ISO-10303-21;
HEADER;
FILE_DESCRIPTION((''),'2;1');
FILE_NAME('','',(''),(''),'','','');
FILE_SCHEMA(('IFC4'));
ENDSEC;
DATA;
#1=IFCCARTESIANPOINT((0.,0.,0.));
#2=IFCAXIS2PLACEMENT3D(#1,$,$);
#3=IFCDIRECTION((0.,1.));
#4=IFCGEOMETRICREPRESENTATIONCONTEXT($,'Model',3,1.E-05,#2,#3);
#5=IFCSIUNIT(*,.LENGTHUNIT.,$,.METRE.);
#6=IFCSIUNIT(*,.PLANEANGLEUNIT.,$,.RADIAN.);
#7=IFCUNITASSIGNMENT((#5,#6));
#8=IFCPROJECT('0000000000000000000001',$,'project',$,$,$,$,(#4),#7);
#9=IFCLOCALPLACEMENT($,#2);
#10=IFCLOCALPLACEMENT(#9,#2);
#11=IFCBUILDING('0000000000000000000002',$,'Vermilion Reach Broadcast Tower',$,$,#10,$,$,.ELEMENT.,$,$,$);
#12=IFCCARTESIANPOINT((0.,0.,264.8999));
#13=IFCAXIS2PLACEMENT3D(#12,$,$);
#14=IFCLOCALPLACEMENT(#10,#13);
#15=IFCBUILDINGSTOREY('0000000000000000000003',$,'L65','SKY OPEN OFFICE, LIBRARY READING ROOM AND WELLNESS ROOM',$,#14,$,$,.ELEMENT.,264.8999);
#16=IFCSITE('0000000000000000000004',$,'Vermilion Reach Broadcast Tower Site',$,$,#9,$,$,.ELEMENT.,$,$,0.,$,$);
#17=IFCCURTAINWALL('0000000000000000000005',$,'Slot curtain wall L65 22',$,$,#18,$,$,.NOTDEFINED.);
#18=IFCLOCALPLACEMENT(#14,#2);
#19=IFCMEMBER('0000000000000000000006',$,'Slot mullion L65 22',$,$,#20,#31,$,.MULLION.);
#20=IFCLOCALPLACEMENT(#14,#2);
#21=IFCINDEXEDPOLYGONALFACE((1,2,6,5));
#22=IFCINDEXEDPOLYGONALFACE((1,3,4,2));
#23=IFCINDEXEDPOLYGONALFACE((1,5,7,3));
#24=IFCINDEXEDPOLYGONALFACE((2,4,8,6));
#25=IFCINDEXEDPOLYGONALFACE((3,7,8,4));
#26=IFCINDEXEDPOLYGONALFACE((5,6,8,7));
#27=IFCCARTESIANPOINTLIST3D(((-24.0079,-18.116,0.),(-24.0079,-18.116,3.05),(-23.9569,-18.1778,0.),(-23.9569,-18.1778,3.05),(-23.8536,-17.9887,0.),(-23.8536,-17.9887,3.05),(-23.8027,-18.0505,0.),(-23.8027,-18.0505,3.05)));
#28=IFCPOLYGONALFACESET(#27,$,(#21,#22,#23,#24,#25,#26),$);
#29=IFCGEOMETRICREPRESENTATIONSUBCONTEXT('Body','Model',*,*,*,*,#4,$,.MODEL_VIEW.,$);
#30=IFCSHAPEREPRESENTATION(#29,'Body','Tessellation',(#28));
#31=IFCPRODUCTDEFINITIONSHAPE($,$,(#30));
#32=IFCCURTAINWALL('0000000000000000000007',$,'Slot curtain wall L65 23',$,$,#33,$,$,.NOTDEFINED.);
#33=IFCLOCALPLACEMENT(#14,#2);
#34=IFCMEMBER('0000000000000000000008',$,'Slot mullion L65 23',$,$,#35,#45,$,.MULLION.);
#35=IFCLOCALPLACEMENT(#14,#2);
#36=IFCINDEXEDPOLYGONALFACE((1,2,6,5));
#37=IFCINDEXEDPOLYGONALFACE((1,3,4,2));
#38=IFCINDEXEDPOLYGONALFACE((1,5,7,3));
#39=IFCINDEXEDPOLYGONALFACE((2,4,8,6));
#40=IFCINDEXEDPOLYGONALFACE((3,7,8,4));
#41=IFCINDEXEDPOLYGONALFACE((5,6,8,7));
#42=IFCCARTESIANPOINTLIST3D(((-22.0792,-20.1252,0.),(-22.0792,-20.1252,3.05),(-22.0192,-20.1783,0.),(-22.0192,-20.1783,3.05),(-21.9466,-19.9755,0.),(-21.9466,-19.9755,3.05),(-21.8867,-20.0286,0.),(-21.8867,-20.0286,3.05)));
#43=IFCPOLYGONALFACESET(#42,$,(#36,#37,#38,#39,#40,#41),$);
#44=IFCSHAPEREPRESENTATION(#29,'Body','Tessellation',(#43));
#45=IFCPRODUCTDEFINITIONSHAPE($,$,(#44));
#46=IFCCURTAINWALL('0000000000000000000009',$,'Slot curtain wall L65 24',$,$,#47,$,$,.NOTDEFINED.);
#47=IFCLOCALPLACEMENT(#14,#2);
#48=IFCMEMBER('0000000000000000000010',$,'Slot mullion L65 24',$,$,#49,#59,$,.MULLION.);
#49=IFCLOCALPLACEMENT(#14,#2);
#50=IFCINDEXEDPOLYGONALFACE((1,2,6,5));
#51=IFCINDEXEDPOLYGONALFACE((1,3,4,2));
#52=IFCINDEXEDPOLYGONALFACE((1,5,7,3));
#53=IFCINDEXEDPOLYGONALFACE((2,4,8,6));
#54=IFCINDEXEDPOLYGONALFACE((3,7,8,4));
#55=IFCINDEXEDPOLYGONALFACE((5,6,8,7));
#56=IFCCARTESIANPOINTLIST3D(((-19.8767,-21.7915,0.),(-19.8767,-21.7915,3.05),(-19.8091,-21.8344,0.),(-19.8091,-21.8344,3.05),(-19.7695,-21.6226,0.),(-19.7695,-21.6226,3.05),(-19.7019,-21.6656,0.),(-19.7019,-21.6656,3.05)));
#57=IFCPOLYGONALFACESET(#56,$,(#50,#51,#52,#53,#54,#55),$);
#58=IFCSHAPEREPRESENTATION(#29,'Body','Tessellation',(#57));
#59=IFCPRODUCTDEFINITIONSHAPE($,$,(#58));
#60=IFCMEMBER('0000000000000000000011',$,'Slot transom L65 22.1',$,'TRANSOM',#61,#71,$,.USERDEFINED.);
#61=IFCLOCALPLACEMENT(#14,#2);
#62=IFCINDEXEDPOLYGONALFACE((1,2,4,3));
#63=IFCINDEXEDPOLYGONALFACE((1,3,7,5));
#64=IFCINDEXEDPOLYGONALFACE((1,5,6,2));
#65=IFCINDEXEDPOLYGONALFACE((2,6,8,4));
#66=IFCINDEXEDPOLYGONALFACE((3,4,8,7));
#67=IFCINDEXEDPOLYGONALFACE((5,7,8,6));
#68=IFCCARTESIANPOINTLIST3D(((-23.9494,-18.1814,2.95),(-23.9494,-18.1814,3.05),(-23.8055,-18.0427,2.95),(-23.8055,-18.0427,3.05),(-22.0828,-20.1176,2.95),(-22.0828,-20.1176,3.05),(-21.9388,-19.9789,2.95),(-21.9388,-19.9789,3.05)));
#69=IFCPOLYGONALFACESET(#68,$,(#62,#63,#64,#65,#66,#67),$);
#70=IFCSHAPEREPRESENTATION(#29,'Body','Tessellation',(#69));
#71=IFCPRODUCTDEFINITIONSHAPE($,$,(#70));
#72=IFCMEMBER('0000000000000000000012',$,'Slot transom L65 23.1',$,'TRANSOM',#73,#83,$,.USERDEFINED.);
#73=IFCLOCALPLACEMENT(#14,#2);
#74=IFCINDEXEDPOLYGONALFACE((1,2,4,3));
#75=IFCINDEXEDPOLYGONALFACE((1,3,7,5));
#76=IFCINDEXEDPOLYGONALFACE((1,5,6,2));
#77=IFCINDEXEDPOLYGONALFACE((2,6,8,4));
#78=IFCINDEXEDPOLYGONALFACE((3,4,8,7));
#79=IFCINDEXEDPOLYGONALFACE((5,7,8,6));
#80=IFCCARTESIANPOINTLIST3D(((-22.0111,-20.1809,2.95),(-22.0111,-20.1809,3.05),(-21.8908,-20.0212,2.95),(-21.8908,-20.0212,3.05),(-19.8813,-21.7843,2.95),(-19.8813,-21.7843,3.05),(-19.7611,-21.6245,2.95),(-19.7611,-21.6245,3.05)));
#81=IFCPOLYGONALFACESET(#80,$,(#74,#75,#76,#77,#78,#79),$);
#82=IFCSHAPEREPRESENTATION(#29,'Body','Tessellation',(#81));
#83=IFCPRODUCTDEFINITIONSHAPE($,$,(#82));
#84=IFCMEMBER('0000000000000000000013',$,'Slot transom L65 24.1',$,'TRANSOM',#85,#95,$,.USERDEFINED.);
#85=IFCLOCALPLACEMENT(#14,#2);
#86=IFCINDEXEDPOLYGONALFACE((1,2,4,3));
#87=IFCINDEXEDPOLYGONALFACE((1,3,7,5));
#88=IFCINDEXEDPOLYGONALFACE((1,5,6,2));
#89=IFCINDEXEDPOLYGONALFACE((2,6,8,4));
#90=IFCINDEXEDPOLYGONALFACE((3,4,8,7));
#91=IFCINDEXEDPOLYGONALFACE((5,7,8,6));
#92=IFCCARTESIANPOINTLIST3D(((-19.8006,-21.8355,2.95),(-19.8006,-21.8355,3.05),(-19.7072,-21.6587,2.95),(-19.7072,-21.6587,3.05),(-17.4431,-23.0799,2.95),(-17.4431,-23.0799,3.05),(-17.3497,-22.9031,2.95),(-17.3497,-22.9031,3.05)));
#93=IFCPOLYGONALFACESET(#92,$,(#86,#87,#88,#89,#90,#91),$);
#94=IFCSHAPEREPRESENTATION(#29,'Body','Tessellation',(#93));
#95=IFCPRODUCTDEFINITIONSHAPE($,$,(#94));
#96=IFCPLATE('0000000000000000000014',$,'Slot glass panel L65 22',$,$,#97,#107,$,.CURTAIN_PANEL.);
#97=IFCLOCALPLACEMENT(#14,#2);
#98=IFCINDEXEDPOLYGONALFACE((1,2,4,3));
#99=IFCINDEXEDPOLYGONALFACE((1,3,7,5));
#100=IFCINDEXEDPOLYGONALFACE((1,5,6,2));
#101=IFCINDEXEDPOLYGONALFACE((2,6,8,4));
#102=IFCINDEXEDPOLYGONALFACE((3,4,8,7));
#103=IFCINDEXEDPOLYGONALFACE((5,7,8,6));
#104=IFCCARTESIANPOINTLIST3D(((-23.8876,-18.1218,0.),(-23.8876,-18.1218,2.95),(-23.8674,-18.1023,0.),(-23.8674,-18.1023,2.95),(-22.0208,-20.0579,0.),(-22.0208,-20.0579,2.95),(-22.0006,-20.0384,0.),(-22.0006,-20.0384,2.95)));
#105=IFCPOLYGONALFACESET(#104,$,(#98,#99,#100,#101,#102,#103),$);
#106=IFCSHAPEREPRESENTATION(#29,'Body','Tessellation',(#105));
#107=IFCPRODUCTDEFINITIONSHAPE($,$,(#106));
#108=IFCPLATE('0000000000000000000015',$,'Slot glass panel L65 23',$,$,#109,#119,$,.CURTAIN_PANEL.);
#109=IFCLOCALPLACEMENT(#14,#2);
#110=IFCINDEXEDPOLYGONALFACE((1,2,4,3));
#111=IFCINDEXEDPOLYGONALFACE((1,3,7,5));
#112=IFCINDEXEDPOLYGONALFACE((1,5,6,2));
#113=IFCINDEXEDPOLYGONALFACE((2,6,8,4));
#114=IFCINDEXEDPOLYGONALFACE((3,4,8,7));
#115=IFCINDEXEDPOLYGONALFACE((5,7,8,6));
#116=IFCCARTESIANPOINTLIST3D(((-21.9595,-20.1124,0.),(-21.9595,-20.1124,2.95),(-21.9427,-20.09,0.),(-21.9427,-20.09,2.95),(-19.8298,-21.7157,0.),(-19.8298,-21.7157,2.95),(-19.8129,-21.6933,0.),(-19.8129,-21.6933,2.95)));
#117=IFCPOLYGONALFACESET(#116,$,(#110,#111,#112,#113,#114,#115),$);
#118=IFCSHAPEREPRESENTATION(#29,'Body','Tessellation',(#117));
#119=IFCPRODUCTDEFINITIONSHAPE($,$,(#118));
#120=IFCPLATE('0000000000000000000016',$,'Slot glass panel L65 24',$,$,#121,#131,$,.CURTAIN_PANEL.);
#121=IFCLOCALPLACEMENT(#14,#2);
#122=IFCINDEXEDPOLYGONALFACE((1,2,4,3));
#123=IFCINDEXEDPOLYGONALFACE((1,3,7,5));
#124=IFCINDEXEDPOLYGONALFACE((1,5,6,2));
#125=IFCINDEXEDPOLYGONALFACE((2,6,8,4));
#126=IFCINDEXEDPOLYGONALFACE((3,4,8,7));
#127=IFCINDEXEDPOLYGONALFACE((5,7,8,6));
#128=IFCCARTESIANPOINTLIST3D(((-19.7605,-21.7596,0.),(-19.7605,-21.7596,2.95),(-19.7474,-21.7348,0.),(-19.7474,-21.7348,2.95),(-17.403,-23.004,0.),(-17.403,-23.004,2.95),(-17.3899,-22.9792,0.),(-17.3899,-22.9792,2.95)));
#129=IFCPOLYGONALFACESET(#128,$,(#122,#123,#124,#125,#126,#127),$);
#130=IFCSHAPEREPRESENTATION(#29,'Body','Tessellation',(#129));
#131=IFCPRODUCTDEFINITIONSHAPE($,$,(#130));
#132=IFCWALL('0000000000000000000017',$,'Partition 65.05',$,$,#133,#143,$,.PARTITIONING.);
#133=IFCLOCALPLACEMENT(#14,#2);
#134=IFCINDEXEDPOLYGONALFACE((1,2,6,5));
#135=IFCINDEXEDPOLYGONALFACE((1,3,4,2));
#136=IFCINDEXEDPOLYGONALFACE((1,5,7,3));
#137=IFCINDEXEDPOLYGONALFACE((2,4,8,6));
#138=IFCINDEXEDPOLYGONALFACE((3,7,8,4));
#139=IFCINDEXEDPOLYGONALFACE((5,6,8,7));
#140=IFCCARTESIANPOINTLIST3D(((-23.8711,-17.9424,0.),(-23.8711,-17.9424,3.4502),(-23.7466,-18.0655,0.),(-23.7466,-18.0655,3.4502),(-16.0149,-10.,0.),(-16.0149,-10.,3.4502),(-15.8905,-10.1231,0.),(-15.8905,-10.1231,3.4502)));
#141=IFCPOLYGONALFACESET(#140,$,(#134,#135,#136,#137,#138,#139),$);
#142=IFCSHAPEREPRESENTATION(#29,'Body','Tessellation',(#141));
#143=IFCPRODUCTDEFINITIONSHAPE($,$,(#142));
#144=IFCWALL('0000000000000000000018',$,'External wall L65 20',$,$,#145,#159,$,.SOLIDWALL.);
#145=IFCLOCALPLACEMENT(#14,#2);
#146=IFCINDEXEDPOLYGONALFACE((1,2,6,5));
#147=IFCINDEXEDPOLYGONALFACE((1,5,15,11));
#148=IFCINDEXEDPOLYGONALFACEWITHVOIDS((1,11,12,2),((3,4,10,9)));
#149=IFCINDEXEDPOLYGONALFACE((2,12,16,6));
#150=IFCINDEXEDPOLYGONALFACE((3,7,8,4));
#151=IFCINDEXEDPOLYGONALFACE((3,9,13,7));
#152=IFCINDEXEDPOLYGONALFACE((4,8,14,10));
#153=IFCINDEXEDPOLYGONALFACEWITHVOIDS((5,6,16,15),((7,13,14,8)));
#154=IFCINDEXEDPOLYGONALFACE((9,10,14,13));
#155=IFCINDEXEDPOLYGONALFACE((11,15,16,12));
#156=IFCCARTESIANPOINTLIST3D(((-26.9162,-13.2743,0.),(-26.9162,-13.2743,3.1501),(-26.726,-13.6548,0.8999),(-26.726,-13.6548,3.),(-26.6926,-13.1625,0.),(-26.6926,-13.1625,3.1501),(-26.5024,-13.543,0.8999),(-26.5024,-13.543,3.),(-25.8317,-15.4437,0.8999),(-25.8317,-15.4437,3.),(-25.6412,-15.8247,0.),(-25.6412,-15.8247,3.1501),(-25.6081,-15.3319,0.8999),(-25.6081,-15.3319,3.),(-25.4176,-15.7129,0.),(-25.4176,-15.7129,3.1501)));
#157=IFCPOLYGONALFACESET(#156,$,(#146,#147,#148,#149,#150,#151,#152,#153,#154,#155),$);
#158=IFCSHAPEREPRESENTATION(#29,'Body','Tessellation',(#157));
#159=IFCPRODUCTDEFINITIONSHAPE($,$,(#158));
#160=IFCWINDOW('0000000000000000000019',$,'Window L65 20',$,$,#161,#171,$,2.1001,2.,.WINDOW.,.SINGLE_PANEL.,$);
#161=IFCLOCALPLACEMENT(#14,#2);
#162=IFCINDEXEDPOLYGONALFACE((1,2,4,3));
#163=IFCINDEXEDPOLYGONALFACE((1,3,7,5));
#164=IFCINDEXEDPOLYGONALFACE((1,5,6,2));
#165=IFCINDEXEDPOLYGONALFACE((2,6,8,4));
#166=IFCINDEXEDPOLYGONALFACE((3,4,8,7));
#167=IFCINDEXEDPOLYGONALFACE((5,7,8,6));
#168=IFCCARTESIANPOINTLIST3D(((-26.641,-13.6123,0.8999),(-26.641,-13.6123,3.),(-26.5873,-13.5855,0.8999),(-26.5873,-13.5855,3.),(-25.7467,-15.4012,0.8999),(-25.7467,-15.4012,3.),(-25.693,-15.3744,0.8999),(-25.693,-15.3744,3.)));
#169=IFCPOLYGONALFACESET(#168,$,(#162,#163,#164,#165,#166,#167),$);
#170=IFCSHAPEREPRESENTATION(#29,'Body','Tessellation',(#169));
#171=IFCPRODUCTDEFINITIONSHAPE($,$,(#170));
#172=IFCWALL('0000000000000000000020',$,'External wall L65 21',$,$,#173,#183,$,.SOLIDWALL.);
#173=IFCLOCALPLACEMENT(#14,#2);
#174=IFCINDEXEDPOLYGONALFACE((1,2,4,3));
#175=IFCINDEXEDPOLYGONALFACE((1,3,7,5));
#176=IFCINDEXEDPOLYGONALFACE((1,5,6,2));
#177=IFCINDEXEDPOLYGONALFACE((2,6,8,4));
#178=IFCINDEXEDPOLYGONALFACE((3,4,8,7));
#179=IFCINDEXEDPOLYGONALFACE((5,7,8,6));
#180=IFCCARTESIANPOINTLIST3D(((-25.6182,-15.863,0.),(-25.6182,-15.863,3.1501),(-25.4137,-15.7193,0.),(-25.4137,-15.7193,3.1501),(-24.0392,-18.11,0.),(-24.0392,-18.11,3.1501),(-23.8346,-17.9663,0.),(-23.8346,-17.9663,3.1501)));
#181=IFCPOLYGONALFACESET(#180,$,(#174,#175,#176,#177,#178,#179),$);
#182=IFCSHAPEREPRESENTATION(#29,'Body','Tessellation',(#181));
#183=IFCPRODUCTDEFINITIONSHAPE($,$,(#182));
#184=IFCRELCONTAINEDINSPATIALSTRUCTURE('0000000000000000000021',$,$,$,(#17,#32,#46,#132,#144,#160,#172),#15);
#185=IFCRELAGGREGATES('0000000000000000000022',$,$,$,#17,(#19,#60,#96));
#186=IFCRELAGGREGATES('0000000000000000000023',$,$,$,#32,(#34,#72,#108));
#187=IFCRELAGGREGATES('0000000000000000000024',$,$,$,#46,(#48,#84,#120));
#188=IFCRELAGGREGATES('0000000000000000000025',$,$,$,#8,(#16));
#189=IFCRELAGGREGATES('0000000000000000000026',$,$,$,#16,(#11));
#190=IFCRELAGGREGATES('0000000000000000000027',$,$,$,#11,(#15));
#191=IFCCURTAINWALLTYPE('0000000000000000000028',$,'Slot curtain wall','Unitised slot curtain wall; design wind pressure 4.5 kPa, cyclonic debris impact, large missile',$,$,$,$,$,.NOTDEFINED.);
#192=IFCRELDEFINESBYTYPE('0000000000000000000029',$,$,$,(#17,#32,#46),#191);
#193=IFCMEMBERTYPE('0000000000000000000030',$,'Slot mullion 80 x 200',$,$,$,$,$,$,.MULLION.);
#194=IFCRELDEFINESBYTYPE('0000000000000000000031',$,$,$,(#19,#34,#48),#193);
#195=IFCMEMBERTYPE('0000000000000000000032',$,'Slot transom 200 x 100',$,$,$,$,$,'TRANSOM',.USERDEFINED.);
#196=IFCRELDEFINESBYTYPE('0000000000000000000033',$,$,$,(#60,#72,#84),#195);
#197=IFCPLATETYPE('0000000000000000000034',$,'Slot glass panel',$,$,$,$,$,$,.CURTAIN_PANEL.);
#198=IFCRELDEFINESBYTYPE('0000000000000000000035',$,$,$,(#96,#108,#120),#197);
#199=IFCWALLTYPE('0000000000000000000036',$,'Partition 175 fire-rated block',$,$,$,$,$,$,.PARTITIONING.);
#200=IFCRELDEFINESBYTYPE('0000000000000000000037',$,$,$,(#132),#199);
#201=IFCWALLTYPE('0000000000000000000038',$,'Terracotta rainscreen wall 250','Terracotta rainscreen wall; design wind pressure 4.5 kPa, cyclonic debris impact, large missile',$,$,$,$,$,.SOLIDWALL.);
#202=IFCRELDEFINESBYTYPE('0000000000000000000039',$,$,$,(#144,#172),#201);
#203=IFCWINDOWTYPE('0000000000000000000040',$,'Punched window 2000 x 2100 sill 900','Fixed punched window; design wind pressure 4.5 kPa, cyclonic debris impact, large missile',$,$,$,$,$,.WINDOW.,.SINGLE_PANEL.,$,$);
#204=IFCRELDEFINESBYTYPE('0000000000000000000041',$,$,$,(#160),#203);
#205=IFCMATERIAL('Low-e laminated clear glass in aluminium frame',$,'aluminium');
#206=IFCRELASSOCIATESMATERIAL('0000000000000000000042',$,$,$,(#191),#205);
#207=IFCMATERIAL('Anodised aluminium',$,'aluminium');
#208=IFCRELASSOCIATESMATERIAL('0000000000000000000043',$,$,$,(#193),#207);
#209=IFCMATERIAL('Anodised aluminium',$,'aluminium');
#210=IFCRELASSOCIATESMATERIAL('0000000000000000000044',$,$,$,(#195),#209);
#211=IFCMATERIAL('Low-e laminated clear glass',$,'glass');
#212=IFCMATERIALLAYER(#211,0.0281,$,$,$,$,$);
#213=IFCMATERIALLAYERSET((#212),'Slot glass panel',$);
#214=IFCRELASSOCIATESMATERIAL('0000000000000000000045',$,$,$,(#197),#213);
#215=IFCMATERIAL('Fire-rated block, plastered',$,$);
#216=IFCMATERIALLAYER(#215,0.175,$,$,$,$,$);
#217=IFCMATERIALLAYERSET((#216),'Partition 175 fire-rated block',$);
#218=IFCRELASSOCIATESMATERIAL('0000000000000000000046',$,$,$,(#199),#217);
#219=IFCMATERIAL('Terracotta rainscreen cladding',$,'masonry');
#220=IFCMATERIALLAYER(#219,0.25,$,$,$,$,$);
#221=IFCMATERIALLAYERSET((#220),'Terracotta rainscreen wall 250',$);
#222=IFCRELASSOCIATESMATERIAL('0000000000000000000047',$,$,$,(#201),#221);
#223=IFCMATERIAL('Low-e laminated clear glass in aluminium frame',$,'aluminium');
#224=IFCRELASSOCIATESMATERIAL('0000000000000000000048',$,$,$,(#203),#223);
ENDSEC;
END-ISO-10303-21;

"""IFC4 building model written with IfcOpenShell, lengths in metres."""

from ifc_helpers import new_model, si_unit, direction, frame, frame_2d, origin, origin_2d, place, context, subcontext, project, spatial, rectangle, extrude, material, layer, layer_set, material_profile, profile_set, type_object, element, fill, aggregate, save


model = new_model("IFC4")

# Units and contexts
model_context = context("Model", 3, precision=1e-05, world=origin(), true_north=direction((0.0, 1.0)))
body_context = subcontext(model_context, "Body", "Model", "MODEL_VIEW")
ifc_project = project(units=[si_unit("LENGTHUNIT", "METRE"), si_unit("PLANEANGLEUNIT", "RADIAN")], contexts=[model_context])

# Site, building, storey
site_placement = place(None, origin())
site = spatial("IfcSite", under=ifc_project, at=site_placement, Name="Vermilion Reach Broadcast Tower Site", CompositionType="ELEMENT", RefElevation=0.0)
building_placement = place(site_placement, origin())
building = spatial("IfcBuilding", under=site, at=building_placement, Name="Vermilion Reach Broadcast Tower", CompositionType="ELEMENT")
storey_placement = place(building_placement, frame((0.0, 0.0, 264.8999)))
storey = spatial("IfcBuildingStorey", under=building, at=storey_placement, Name="L65", Description="SKY OPEN OFFICE, LIBRARY READING ROOM AND WELLNESS ROOM", CompositionType="ELEMENT", Elevation=264.8999)

# Curtain walls, members
ifc_material_1 = material(Name="Low-e laminated clear glass in aluminium frame", Category="aluminium")
curtain_wall_type = type_object("IfcCurtainWallType", Name="Slot curtain wall", Description="Unitised slot curtain wall; design wind pressure 4.5 kPa, cyclonic debris impact, large missile", PredefinedType="NOTDEFINED", material=ifc_material_1)
placement = place(storey_placement, origin())
curtain_wall_1 = element("IfcCurtainWall", 1, at=placement, inside=storey, type_object=curtain_wall_type, Name="Slot curtain wall L65 22", PredefinedType="NOTDEFINED")
ifc_material_2 = material(Name="Anodised aluminium", Category="aluminium")
ifc_material_profile_1 = material_profile(ifc_material_2, rectangle(XDim=0.2, YDim=0.0801, at=origin_2d()), Name="Slot mullion 80 x 200")
ifc_profile_set_1 = profile_set([ifc_material_profile_1], Name="Anodised aluminium")
member_type_1 = type_object("IfcMemberType", Name="Slot mullion 80 x 200", PredefinedType="MULLION", material=ifc_profile_set_1)
member_1_placement = place(storey_placement, frame((-23.9053, -18.0833, 0.0), z_axis=(0.0, 0.0, 1.0), x_axis=(0.77133, 0.636435, 0.0)))
member_1 = element("IfcMember", 2, at=member_1_placement, type_object=member_type_1, Name="Slot mullion L65 22", PredefinedType="MULLION", context=body_context, shape_type="SweptSolid", body=[
    extrude(rectangle(XDim=0.2, YDim=0.0801, at=origin_2d()), origin(), (0.0, 0.0, 1.0), 3.05),
])
curtain_wall_2 = element("IfcCurtainWall", 3, at=placement, inside=storey, type_object=curtain_wall_type, Name="Slot curtain wall L65 23", PredefinedType="NOTDEFINED")
member_2_placement = place(storey_placement, frame((-21.9829, -20.0769, 0.0), z_axis=(0.0, 0.0, 1.0), x_axis=(0.662736, 0.748853, 0.0)))
member_2 = element("IfcMember", 4, at=member_2_placement, type_object=member_type_1, Name="Slot mullion L65 23", PredefinedType="MULLION", context=body_context, shape_type="SweptSolid", body=[
    extrude(rectangle(XDim=0.2, YDim=0.0801, at=origin_2d()), origin(), (0.0, 0.0, 1.0), 3.05),
])
curtain_wall_3 = element("IfcCurtainWall", 5, at=placement, inside=storey, type_object=curtain_wall_type, Name="Slot curtain wall L65 24", PredefinedType="NOTDEFINED")
member_3_placement = place(storey_placement, frame((-19.7893, -21.7285, 0.0), z_axis=(0.0, 0.0, 1.0), x_axis=(0.535827, 0.844328, 0.0)))
member_3 = element("IfcMember", 6, at=member_3_placement, type_object=member_type_1, Name="Slot mullion L65 24", PredefinedType="MULLION", context=body_context, shape_type="SweptSolid", body=[
    extrude(rectangle(XDim=0.2, YDim=0.0801, at=origin_2d()), origin(), (0.0, 0.0, 1.0), 3.05),
])

# Members
ifc_material_3 = material(Name="Anodised aluminium", Category="aluminium")
ifc_material_profile_2 = material_profile(ifc_material_3, rectangle(XDim=0.2, YDim=0.1001, at=origin_2d()), Name="Slot transom 200 x 100")
ifc_profile_set_2 = profile_set([ifc_material_profile_2], Name="Anodised aluminium")
member_type_2 = type_object("IfcMemberType", Name="Slot transom 200 x 100", ElementType="TRANSOM", PredefinedType="USERDEFINED", material=ifc_profile_set_2)
member_4_placement = place(storey_placement, frame((-23.8774, -18.1121, 3.0), z_axis=(0.694053, -0.719924, 0.0), x_axis=(0.719924, 0.694053, 0.0)))
member_4 = element("IfcMember", 7, at=member_4_placement, type_object=member_type_2, Name="Slot transom L65 22.1", ObjectType="TRANSOM", PredefinedType="USERDEFINED", context=body_context, shape_type="SweptSolid", body=[
    extrude(rectangle(XDim=0.2, YDim=0.1001, at=origin_2d()), origin(), (0.0, 0.0, 1.0), 2.6895),
])
member_5_placement = place(storey_placement, frame((-21.9509, -20.1011, 3.0), z_axis=(0.798911, -0.60145, 0.0), x_axis=(0.60145, 0.798911, 0.0)))
member_5 = element("IfcMember", 8, at=member_5_placement, type_object=member_type_2, Name="Slot transom L65 23.1", ObjectType="TRANSOM", PredefinedType="USERDEFINED", context=body_context, shape_type="SweptSolid", body=[
    extrude(rectangle(XDim=0.2, YDim=0.1001, at=origin_2d()), origin(), (0.0, 0.0, 1.0), 2.6658),
])
member_6_placement = place(storey_placement, frame((-19.7539, -21.7471, 3.0), z_axis=(0.884355, -0.466814, 0.0), x_axis=(0.466814, 0.884355, 0.0)))
member_6 = element("IfcMember", 9, at=member_6_placement, type_object=member_type_2, Name="Slot transom L65 24.1", ObjectType="TRANSOM", PredefinedType="USERDEFINED", context=body_context, shape_type="SweptSolid", body=[
    extrude(rectangle(XDim=0.2, YDim=0.1001, at=origin_2d()), origin(), (0.0, 0.0, 1.0), 2.6658),
])

# Plates
ifc_material_4 = material(Name="Low-e laminated clear glass", Category="glass")
ifc_layer_1 = layer(ifc_material_4, 0.0281)
ifc_layer_set_1 = layer_set([ifc_layer_1], Name="Slot glass panel")
plate_type = type_object("IfcPlateType", Name="Slot glass panel", PredefinedType="CURTAIN_PANEL", material=ifc_layer_set_1)
plate_1_placement = place(storey_placement, frame((-22.9441, -19.0801, 0.0), z_axis=(0.0, 0.0, 1.0), x_axis=(0.694099, -0.71988, 0.0)))
plate_1 = element("IfcPlate", 10, at=plate_1_placement, type_object=plate_type, Name="Slot glass panel L65 22", PredefinedType="CURTAIN_PANEL", context=body_context, shape_type="SweptSolid", body=[
    extrude(rectangle(XDim=2.6895, YDim=0.0281, at=origin_2d()), origin(), (0.0, 0.0, 1.0), 2.95),
])
aggregate(curtain_wall_1, [member_1, member_4, plate_1])
plate_2_placement = place(storey_placement, frame((-20.8862, -20.9028, 0.0), z_axis=(0.0, 0.0, 1.0), x_axis=(0.798916, -0.601442, 0.0)))
plate_2 = element("IfcPlate", 11, at=plate_2_placement, type_object=plate_type, Name="Slot glass panel L65 23", PredefinedType="CURTAIN_PANEL", context=body_context, shape_type="SweptSolid", body=[
    extrude(rectangle(XDim=2.6658, YDim=0.0281, at=origin_2d()), origin(), (0.0, 0.0, 1.0), 2.95),
])
aggregate(curtain_wall_2, [member_2, member_5, plate_2])
plate_3_placement = place(storey_placement, frame((-18.5752, -22.3694, 0.0), z_axis=(0.0, 0.0, 1.0), x_axis=(0.884363, -0.4668, 0.0)))
plate_3 = element("IfcPlate", 12, at=plate_3_placement, type_object=plate_type, Name="Slot glass panel L65 24", PredefinedType="CURTAIN_PANEL", context=body_context, shape_type="SweptSolid", body=[
    extrude(rectangle(XDim=2.6658, YDim=0.0281, at=origin_2d()), origin(), (0.0, 0.0, 1.0), 2.95),
])
aggregate(curtain_wall_3, [member_3, member_6, plate_3])

# Wall
ifc_material_5 = material(Name="Fire-rated block, plastered")
ifc_layer_2 = layer(ifc_material_5, 0.175)
ifc_layer_set_2 = layer_set([ifc_layer_2], Name="Partition 175 fire-rated block")
wall_type_1 = type_object("IfcWallType", Name="Partition 175 fire-rated block", PredefinedType="PARTITIONING", material=ifc_layer_set_2)
wall_1_placement = place(storey_placement, frame((-23.8088, -18.0039, 0.0), z_axis=(0.0, 0.0, 1.0), x_axis=(0.703239, 0.710953, 0.0)))
element("IfcWall", 13, at=wall_1_placement, inside=storey, type_object=wall_type_1, Name="Partition 65.05", PredefinedType="PARTITIONING", context=body_context, shape_type="SweptSolid", body=[
    extrude(rectangle(XDim=11.1714, YDim=0.175, at=frame_2d((5.5857, 0.0))), origin(), (0.0, 0.0, 1.0), 3.4502),
])

# Wall, opening, window
ifc_material_6 = material(Name="Terracotta rainscreen cladding", Category="masonry")
ifc_layer_3 = layer(ifc_material_6, 0.25)
ifc_layer_set_3 = layer_set([ifc_layer_3], Name="Terracotta rainscreen wall 250")
wall_type_2 = type_object("IfcWallType", Name="Terracotta rainscreen wall 250", Description="Terracotta rainscreen wall; design wind pressure 4.5 kPa, cyclonic debris impact, large missile", PredefinedType="SOLIDWALL", material=ifc_layer_set_3)
wall_2_placement = place(storey_placement, frame((-26.8044, -13.2183, 0.0), z_axis=(0.0, 0.0, 1.0), x_axis=(0.447145, -0.894461, 0.0)))
wall_2 = element("IfcWall", 14, at=wall_2_placement, inside=storey, type_object=wall_type_2, Name="External wall L65 20", PredefinedType="SOLIDWALL", context=body_context, shape_type="SweptSolid", body=[
    extrude(rectangle(XDim=2.8513, YDim=0.25, at=frame_2d((1.4258, 0.0))), origin(), (0.0, 0.0, 1.0), 3.1501),
])
opening_placement = place(wall_2_placement, frame((0.4255, 0.0, 0.8999)))
opening = element("IfcOpeningElement", 15, at=opening_placement, cuts=wall_2, PredefinedType="OPENING", context=body_context, shape_type="SweptSolid", body=[
    extrude(rectangle(XDim=2.0, YDim=2.1001, at=frame_2d((1.0, 1.05))), frame((0.0, 0.135, 0.0), z_axis=(0.0, -1.0, 0.0), x_axis=(1.0, 0.0, 0.0)), (0.0, 0.0, 1.0), 0.27),
])
ifc_material_7 = material(Name="Low-e laminated clear glass in aluminium frame", Category="aluminium")
window_type = type_object("IfcWindowType", Name="Punched window 2000 x 2100 sill 900", Description="Fixed punched window; design wind pressure 4.5 kPa, cyclonic debris impact, large missile", PartitioningType="SINGLE_PANEL", PredefinedType="WINDOW", material=ifc_material_7)
window_placement = place(opening_placement, origin())
window = element("IfcWindow", 16, at=window_placement, inside=storey, type_object=window_type, Name="Window L65 20", OverallHeight=2.1001, OverallWidth=2.0, PartitioningType="SINGLE_PANEL", PredefinedType="WINDOW", context=body_context, shape_type="SweptSolid", body=[
    extrude(rectangle(XDim=2.0, YDim=2.1001, at=frame_2d((1.0, 1.05))), frame((0.0, 0.03, 0.0), z_axis=(0.0, -1.0, 0.0), x_axis=(1.0, 0.0, 0.0)), (0.0, 0.0, 1.0), 0.0601),
])
fill(opening, window)

# Wall
wall_3_placement = place(storey_placement, frame((-25.5159, -15.7913, 0.0), z_axis=(0.0, 0.0, 1.0), x_axis=(0.574965, -0.818178, 0.0)))
element("IfcWall", 17, at=wall_3_placement, inside=storey, type_object=wall_type_2, Name="External wall L65 21", PredefinedType="SOLIDWALL", context=body_context, shape_type="SweptSolid", body=[
    extrude(rectangle(XDim=2.7463, YDim=0.25, at=frame_2d((1.373, 0.0))), origin(), (0.0, 0.0, 1.0), 3.1501),
])

save(model, "model.ifc")
